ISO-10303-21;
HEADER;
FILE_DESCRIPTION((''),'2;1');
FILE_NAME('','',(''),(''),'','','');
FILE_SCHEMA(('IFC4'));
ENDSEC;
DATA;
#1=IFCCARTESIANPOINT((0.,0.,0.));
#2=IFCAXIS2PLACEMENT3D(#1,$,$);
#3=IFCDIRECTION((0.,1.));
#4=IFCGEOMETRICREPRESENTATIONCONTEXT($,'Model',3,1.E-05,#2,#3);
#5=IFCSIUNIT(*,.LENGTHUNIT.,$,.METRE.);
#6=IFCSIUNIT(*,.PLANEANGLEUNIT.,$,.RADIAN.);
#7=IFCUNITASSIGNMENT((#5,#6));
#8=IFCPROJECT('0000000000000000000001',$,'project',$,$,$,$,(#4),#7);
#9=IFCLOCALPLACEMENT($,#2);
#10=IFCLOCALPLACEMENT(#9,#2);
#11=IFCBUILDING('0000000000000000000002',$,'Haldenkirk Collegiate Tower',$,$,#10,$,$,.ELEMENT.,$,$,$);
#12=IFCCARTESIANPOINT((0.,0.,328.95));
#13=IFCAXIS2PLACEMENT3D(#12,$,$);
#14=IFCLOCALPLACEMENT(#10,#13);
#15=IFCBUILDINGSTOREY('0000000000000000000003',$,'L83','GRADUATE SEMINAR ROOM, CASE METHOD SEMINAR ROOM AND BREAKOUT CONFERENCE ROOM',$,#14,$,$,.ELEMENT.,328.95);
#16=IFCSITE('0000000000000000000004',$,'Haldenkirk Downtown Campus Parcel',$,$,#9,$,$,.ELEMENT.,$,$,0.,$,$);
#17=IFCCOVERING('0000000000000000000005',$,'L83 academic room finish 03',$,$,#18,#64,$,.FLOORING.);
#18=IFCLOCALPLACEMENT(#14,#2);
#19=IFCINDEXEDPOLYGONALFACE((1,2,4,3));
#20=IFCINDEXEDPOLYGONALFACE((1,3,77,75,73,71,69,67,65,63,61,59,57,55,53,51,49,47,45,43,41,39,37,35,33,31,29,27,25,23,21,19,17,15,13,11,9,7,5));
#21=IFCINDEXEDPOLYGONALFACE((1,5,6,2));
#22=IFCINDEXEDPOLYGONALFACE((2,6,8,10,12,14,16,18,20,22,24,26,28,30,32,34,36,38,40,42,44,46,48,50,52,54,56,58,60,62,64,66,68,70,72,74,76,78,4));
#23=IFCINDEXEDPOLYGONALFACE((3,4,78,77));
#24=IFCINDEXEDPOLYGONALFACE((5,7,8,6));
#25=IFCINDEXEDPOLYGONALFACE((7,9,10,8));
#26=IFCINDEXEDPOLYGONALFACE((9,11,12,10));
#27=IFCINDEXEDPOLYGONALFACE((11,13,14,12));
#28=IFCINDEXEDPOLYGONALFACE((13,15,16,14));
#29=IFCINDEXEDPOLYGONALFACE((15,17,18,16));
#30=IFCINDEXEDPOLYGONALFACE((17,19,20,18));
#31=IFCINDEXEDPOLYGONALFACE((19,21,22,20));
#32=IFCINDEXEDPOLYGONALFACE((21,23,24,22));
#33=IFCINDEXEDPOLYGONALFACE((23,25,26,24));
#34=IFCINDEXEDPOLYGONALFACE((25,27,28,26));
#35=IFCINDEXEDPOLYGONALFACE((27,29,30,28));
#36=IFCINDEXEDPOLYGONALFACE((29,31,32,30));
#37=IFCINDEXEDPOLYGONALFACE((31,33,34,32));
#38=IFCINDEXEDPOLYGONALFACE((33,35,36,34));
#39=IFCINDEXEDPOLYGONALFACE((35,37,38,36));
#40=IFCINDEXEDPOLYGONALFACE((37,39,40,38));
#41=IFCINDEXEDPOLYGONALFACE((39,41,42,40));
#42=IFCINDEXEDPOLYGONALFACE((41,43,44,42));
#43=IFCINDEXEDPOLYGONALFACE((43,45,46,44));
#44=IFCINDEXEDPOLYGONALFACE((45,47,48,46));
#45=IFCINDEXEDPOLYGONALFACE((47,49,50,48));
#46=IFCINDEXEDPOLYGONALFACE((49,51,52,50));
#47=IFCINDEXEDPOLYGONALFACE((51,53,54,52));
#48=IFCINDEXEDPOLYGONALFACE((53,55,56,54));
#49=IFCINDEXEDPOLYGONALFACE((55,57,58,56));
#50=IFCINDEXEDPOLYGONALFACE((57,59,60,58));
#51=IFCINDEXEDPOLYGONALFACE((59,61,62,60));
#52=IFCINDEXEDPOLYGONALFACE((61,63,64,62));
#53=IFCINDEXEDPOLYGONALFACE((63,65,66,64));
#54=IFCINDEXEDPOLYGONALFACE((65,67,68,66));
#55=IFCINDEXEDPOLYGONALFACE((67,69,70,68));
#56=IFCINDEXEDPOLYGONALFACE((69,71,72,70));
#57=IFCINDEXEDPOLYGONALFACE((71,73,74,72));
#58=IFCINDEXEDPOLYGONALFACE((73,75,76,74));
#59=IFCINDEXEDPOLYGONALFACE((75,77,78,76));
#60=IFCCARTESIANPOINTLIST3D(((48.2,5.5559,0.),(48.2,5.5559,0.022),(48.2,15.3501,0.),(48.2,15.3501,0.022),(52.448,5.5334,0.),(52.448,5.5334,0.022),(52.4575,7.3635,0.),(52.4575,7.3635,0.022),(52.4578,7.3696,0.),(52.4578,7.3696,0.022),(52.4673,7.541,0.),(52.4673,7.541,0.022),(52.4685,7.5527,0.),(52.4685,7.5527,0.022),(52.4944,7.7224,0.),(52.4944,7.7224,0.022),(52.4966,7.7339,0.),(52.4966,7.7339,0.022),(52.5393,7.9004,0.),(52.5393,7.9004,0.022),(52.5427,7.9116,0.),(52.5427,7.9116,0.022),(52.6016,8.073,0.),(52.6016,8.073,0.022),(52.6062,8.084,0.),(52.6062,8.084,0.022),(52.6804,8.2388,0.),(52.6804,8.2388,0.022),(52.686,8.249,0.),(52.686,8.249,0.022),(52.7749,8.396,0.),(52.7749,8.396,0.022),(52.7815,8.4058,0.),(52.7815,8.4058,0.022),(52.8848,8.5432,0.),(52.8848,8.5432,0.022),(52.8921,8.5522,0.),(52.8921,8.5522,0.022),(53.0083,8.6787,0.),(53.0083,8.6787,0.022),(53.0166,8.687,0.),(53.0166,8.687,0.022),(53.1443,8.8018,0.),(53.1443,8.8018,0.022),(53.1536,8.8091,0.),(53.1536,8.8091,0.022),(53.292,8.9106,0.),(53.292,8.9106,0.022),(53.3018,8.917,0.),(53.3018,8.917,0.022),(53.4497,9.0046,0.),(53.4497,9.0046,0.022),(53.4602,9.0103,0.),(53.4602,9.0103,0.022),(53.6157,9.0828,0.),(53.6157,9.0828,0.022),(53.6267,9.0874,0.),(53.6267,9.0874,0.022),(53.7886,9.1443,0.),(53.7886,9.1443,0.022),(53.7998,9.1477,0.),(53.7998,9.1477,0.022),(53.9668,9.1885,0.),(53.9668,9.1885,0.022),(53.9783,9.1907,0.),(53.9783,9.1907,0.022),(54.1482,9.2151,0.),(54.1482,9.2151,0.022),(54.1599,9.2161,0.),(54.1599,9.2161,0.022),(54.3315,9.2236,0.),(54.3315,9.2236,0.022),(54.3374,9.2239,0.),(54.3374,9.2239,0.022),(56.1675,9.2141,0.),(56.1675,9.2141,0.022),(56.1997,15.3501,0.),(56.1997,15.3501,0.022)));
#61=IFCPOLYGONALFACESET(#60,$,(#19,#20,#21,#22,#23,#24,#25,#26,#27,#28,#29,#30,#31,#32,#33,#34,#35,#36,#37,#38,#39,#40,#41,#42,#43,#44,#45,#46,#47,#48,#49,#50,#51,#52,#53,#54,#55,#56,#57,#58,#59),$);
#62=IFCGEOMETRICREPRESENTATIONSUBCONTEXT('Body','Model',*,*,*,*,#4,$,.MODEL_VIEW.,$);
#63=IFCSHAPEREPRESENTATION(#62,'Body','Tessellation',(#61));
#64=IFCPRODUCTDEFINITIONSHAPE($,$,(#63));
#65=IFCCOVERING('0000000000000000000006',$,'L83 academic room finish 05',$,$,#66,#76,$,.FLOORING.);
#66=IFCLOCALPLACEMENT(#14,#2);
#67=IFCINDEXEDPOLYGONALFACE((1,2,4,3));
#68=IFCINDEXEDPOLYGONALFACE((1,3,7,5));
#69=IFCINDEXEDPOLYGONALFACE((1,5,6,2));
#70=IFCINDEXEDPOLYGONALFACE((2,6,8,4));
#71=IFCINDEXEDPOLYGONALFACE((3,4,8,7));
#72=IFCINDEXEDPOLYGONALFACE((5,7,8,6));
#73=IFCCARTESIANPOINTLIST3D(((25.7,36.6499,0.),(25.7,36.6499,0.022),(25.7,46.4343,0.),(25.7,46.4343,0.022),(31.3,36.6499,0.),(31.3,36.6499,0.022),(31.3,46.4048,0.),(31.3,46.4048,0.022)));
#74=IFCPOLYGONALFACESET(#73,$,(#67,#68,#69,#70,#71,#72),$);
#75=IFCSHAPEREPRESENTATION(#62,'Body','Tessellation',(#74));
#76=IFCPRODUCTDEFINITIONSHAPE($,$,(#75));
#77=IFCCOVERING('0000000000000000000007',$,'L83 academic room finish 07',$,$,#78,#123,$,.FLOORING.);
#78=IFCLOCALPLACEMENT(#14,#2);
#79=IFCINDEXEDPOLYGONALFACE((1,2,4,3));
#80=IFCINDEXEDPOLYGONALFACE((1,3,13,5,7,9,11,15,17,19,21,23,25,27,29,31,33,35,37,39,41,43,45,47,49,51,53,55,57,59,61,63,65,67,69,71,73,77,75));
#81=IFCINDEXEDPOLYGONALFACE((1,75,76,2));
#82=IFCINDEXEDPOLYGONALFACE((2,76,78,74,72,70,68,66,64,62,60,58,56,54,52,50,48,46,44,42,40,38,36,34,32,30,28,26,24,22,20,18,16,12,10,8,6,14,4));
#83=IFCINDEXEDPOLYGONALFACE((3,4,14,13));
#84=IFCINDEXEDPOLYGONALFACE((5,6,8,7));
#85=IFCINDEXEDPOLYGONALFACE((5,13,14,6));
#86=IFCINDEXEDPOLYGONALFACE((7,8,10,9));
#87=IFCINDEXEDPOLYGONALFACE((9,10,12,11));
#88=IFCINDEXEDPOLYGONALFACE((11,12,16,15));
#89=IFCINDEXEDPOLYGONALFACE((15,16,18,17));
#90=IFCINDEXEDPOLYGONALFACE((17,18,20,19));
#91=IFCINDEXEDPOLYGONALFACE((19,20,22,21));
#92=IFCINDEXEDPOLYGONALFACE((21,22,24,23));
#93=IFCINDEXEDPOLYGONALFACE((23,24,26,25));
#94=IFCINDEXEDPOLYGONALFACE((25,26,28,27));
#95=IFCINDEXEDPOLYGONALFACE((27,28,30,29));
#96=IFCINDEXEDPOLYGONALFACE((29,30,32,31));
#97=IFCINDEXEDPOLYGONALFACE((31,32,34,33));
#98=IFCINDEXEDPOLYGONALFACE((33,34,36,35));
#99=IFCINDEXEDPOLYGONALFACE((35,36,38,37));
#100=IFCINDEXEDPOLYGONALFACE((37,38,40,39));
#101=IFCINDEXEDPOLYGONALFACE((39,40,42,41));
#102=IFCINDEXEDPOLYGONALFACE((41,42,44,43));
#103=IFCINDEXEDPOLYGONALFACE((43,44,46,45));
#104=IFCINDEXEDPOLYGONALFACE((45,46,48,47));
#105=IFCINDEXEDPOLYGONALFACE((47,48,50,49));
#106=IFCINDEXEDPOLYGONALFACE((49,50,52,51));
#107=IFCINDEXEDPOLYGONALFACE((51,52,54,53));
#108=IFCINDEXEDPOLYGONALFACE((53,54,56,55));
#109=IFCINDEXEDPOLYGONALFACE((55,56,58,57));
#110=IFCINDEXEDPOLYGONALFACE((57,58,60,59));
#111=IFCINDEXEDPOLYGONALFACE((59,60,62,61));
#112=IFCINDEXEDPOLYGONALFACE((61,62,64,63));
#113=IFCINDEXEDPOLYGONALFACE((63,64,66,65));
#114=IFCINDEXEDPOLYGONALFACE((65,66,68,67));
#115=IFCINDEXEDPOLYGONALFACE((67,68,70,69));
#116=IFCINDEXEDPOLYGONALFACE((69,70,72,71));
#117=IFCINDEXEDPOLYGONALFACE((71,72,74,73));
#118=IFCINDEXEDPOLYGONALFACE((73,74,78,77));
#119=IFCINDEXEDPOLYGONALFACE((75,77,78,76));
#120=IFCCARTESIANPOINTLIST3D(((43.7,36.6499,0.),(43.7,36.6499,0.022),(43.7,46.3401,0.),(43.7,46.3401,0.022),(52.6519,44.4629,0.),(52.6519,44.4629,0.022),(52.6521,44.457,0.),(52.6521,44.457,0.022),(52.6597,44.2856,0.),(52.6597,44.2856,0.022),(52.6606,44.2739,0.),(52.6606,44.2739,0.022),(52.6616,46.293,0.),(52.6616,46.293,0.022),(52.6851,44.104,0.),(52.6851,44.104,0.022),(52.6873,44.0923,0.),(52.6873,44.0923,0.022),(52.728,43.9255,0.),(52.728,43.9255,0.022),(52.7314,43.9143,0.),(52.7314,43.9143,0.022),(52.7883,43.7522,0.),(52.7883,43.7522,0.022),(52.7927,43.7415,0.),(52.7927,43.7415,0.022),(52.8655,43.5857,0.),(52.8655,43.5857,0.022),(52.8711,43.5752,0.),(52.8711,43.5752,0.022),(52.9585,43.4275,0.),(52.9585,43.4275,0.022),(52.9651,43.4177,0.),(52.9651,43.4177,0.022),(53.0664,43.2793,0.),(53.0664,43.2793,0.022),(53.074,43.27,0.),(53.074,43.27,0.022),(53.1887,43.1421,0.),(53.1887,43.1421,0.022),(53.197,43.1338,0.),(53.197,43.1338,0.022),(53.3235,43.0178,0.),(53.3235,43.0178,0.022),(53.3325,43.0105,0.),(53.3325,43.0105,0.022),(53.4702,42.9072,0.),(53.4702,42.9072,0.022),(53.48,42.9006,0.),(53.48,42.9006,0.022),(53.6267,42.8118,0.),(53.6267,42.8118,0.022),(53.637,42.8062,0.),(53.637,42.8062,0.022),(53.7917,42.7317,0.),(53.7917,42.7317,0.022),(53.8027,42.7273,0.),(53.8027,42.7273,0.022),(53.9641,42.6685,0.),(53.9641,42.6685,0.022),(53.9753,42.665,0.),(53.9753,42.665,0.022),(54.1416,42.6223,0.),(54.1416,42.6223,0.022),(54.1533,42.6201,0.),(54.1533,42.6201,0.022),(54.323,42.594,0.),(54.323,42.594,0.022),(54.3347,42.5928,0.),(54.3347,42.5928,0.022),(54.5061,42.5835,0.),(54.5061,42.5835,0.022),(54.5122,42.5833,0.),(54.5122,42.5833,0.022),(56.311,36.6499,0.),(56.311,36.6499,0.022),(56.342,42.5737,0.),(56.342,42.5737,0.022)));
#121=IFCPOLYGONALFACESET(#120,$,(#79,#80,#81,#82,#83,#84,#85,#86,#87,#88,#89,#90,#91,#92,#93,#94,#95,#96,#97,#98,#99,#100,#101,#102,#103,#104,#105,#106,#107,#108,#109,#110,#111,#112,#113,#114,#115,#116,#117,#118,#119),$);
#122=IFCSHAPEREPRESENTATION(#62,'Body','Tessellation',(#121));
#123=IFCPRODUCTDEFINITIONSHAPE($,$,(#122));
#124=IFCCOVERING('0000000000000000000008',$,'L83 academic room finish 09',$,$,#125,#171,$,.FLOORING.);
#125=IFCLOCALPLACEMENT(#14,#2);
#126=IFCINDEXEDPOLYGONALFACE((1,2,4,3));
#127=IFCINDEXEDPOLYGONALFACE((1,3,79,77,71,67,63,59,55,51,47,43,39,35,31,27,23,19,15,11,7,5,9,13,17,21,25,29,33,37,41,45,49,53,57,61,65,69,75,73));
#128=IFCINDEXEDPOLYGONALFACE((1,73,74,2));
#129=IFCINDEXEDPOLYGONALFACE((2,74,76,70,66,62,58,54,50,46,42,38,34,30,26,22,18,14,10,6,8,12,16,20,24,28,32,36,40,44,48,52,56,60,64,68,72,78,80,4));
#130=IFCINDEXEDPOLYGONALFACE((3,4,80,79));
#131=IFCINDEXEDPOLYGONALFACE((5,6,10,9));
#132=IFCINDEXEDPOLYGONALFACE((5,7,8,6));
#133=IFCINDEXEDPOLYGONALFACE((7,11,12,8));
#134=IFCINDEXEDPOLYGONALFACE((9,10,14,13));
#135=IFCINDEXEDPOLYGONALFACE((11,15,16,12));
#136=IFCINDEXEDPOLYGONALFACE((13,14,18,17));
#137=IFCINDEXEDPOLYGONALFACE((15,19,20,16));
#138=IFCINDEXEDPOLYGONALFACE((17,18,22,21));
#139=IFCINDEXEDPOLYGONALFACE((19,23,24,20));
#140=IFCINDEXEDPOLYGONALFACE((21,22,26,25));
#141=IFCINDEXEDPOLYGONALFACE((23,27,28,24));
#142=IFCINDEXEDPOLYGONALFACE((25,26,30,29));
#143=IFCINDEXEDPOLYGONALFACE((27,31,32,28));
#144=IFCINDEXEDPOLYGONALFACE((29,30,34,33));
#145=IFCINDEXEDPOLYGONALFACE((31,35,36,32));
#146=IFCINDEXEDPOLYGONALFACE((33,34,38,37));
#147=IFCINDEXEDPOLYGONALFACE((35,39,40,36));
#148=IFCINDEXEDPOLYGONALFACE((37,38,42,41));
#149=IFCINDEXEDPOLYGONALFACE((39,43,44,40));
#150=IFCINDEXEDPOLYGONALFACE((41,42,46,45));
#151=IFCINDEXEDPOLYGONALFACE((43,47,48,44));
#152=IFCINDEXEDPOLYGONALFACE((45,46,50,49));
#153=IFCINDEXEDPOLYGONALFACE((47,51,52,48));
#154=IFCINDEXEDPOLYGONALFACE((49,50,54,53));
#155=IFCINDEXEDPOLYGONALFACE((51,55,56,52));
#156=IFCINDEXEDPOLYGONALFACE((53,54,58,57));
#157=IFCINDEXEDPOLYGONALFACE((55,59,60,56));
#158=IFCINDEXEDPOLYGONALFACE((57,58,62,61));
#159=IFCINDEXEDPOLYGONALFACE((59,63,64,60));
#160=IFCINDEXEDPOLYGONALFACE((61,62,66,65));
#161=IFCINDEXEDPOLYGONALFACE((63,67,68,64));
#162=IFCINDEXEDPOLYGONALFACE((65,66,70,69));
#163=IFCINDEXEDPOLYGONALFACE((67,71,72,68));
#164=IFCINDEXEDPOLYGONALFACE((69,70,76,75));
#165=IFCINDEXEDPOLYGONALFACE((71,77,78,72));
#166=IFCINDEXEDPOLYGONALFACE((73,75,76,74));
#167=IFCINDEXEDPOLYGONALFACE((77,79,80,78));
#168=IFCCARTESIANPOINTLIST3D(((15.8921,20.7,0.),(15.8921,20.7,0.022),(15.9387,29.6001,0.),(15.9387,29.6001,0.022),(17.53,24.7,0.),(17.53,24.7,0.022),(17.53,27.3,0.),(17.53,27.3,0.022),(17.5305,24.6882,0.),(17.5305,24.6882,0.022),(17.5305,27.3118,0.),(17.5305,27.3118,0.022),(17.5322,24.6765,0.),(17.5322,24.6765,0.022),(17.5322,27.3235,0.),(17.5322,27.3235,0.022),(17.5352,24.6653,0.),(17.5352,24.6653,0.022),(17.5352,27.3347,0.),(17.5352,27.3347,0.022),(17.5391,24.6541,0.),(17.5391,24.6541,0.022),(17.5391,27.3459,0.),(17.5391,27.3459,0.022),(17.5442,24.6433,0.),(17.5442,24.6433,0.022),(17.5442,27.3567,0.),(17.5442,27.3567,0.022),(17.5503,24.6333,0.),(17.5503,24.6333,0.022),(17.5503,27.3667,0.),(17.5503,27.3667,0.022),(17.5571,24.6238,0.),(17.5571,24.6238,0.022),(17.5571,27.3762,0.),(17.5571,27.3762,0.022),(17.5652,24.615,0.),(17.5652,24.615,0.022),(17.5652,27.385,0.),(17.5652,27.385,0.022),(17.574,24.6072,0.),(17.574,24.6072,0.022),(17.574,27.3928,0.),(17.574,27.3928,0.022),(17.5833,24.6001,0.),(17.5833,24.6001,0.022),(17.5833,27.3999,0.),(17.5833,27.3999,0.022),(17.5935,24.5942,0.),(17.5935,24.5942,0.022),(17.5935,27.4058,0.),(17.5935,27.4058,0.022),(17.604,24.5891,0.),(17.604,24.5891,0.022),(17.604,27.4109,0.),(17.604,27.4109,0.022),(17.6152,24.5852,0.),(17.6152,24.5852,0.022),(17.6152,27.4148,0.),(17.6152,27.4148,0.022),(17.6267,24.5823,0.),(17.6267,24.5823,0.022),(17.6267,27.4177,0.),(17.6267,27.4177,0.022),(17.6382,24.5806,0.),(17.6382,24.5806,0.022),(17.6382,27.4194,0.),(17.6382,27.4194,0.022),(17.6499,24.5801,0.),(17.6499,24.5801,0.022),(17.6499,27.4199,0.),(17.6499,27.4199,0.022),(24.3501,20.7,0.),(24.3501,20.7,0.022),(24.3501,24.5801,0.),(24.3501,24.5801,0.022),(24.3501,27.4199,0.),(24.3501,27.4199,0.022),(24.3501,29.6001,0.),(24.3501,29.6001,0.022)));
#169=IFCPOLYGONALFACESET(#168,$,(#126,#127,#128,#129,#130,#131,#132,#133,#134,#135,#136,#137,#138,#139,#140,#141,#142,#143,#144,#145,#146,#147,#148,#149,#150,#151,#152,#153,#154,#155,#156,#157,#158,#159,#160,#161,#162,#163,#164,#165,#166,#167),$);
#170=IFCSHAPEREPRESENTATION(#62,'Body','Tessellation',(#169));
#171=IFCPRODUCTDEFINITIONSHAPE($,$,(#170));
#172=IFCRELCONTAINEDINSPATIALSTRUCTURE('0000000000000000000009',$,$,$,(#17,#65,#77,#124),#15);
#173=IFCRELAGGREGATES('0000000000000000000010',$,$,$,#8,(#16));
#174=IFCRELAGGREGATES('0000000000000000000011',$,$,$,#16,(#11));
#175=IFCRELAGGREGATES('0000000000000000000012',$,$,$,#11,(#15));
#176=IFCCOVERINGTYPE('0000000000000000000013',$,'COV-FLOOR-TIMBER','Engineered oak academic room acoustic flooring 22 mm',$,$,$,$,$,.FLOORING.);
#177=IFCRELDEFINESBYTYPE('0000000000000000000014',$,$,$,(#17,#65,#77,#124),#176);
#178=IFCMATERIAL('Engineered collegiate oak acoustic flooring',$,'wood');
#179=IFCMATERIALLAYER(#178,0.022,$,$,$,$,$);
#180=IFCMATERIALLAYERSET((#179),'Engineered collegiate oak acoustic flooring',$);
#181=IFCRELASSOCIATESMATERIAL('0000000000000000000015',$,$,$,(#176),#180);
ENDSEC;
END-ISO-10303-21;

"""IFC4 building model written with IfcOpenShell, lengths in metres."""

from ifc_helpers import new_model, si_unit, direction, frame, origin, place, context, subcontext, project, spatial, polyline, outline, extrude, material, layer, layer_set, type_object, element, save


model = new_model("IFC4")

# Units and contexts
model_context = context("Model", 3, precision=1e-05, world=origin(), true_north=direction((0.0, 1.0)))
body_context = subcontext(model_context, "Body", "Model", "MODEL_VIEW")
ifc_project = project(units=[si_unit("LENGTHUNIT", "METRE"), si_unit("PLANEANGLEUNIT", "RADIAN")], contexts=[model_context])

# Site, building, storey
site_placement = place(None, origin())
site = spatial("IfcSite", under=ifc_project, at=site_placement, Name="Haldenkirk Downtown Campus Parcel", CompositionType="ELEMENT", RefElevation=0.0)
building_placement = place(site_placement, origin())
building = spatial("IfcBuilding", under=site, at=building_placement, Name="Haldenkirk Collegiate Tower", CompositionType="ELEMENT")
storey_placement = place(building_placement, frame((0.0, 0.0, 328.95)))
storey = spatial("IfcBuildingStorey", under=building, at=storey_placement, Name="L83", Description="GRADUATE SEMINAR ROOM, CASE METHOD SEMINAR ROOM AND BREAKOUT CONFERENCE ROOM", CompositionType="ELEMENT", Elevation=328.95)

# Coverings
ifc_material_1 = material(Name="Engineered collegiate oak acoustic flooring", Category="wood")
ifc_layer_1 = layer(ifc_material_1, 0.022)
ifc_layer_set_1 = layer_set([ifc_layer_1], Name="Engineered collegiate oak acoustic flooring")
covering_type_1 = type_object("IfcCoveringType", Name="COV-FLOOR-TIMBER", Description="Engineered oak academic room acoustic flooring 22 mm", PredefinedType="FLOORING", material=ifc_layer_set_1)
covering_1_placement = place(storey_placement, origin())
element("IfcCovering", 1, at=covering_1_placement, inside=storey, type_object=covering_type_1, Name="L83 academic room finish 03", PredefinedType="FLOORING", context=body_context, shape_type="SweptSolid", body=[
    extrude(outline(polyline([(53.6267, 9.0874), (53.6157, 9.0828), (53.4602, 9.0103), (53.4497, 9.0046), (53.3018, 8.917), (53.292, 8.9106), (53.1536, 8.8091), (53.1443, 8.8018), (53.0166, 8.687), (53.0083, 8.6787), (52.8921, 8.5522), (52.8848, 8.5432), (52.7815, 8.4058), (52.7749, 8.396), (52.686, 8.249), (52.6804, 8.2388), (52.6062, 8.084), (52.6016, 8.073), (52.5427, 7.9116), (52.5393, 7.9004), (52.4966, 7.7339), (52.4944, 7.7224), (52.4685, 7.5527), (52.4673, 7.541), (52.4578, 7.3696), (52.4575, 7.3635), (52.448, 5.5334), (48.2, 5.5559), (48.2, 15.3501), (56.1997, 15.3501), (56.1675, 9.2141), (54.3374, 9.2239), (54.3315, 9.2236), (54.1599, 9.2161), (54.1482, 9.2151), (53.9783, 9.1907), (53.9668, 9.1885), (53.7998, 9.1477), (53.7886, 9.1443), (53.6267, 9.0874)])), origin(), (0.0, 0.0, 1.0), 0.022),
])
covering_2_placement = place(storey_placement, origin())
element("IfcCovering", 2, at=covering_2_placement, inside=storey, type_object=covering_type_1, Name="L83 academic room finish 05", PredefinedType="FLOORING", context=body_context, shape_type="SweptSolid", body=[
    extrude(outline(polyline([(31.3, 46.4048), (31.3, 36.6499), (25.7, 36.6499), (25.7, 46.4343), (31.3, 46.4048)])), origin(), (0.0, 0.0, 1.0), 0.022),
])
covering_3_placement = place(storey_placement, origin())
element("IfcCovering", 3, at=covering_3_placement, inside=storey, type_object=covering_type_1, Name="L83 academic room finish 07", PredefinedType="FLOORING", context=body_context, shape_type="SweptSolid", body=[
    extrude(outline(polyline([(52.6616, 46.293), (52.6519, 44.4629), (52.6521, 44.457), (52.6597, 44.2856), (52.6606, 44.2739), (52.6851, 44.104), (52.6873, 44.0923), (52.728, 43.9255), (52.7314, 43.9143), (52.7883, 43.7522), (52.7927, 43.7415), (52.8655, 43.5857), (52.8711, 43.5752), (52.9585, 43.4275), (52.9651, 43.4177), (53.0664, 43.2793), (53.074, 43.27), (53.1887, 43.1421), (53.197, 43.1338), (53.3235, 43.0178), (53.3325, 43.0105), (53.4702, 42.9072), (53.48, 42.9006), (53.6267, 42.8118), (53.637, 42.8062), (53.7917, 42.7317), (53.8027, 42.7273), (53.9641, 42.6685), (53.9753, 42.665), (54.1416, 42.6223), (54.1533, 42.6201), (54.323, 42.594), (54.3347, 42.5928), (54.5061, 42.5835), (54.5122, 42.5833), (56.342, 42.5737), (56.311, 36.6499), (43.7, 36.6499), (43.7, 46.3401), (52.6616, 46.293)])), origin(), (0.0, 0.0, 1.0), 0.022),
])
covering_4_placement = place(storey_placement, origin())
element("IfcCovering", 4, at=covering_4_placement, inside=storey, type_object=covering_type_1, Name="L83 academic room finish 09", PredefinedType="FLOORING", context=body_context, shape_type="SweptSolid", body=[
    extrude(outline(polyline([(17.6499, 27.4199), (17.6382, 27.4194), (17.6267, 27.4177), (17.6152, 27.4148), (17.604, 27.4109), (17.5935, 27.4058), (17.5833, 27.3999), (17.574, 27.3928), (17.5652, 27.385), (17.5571, 27.3762), (17.5503, 27.3667), (17.5442, 27.3567), (17.5391, 27.3459), (17.5352, 27.3347), (17.5322, 27.3235), (17.5305, 27.3118), (17.53, 27.3), (17.53, 24.7), (17.5305, 24.6882), (17.5322, 24.6765), (17.5352, 24.6653), (17.5391, 24.6541), (17.5442, 24.6433), (17.5503, 24.6333), (17.5571, 24.6238), (17.5652, 24.615), (17.574, 24.6072), (17.5833, 24.6001), (17.5935, 24.5942), (17.604, 24.5891), (17.6152, 24.5852), (17.6267, 24.5823), (17.6382, 24.5806), (17.6499, 24.5801), (24.3501, 24.5801), (24.3501, 20.7), (15.8921, 20.7), (15.9387, 29.6001), (24.3501, 29.6001), (24.3501, 27.4199), (17.6499, 27.4199)])), origin(), (0.0, 0.0, 1.0), 0.022),
])

save(model, "model.ifc")
